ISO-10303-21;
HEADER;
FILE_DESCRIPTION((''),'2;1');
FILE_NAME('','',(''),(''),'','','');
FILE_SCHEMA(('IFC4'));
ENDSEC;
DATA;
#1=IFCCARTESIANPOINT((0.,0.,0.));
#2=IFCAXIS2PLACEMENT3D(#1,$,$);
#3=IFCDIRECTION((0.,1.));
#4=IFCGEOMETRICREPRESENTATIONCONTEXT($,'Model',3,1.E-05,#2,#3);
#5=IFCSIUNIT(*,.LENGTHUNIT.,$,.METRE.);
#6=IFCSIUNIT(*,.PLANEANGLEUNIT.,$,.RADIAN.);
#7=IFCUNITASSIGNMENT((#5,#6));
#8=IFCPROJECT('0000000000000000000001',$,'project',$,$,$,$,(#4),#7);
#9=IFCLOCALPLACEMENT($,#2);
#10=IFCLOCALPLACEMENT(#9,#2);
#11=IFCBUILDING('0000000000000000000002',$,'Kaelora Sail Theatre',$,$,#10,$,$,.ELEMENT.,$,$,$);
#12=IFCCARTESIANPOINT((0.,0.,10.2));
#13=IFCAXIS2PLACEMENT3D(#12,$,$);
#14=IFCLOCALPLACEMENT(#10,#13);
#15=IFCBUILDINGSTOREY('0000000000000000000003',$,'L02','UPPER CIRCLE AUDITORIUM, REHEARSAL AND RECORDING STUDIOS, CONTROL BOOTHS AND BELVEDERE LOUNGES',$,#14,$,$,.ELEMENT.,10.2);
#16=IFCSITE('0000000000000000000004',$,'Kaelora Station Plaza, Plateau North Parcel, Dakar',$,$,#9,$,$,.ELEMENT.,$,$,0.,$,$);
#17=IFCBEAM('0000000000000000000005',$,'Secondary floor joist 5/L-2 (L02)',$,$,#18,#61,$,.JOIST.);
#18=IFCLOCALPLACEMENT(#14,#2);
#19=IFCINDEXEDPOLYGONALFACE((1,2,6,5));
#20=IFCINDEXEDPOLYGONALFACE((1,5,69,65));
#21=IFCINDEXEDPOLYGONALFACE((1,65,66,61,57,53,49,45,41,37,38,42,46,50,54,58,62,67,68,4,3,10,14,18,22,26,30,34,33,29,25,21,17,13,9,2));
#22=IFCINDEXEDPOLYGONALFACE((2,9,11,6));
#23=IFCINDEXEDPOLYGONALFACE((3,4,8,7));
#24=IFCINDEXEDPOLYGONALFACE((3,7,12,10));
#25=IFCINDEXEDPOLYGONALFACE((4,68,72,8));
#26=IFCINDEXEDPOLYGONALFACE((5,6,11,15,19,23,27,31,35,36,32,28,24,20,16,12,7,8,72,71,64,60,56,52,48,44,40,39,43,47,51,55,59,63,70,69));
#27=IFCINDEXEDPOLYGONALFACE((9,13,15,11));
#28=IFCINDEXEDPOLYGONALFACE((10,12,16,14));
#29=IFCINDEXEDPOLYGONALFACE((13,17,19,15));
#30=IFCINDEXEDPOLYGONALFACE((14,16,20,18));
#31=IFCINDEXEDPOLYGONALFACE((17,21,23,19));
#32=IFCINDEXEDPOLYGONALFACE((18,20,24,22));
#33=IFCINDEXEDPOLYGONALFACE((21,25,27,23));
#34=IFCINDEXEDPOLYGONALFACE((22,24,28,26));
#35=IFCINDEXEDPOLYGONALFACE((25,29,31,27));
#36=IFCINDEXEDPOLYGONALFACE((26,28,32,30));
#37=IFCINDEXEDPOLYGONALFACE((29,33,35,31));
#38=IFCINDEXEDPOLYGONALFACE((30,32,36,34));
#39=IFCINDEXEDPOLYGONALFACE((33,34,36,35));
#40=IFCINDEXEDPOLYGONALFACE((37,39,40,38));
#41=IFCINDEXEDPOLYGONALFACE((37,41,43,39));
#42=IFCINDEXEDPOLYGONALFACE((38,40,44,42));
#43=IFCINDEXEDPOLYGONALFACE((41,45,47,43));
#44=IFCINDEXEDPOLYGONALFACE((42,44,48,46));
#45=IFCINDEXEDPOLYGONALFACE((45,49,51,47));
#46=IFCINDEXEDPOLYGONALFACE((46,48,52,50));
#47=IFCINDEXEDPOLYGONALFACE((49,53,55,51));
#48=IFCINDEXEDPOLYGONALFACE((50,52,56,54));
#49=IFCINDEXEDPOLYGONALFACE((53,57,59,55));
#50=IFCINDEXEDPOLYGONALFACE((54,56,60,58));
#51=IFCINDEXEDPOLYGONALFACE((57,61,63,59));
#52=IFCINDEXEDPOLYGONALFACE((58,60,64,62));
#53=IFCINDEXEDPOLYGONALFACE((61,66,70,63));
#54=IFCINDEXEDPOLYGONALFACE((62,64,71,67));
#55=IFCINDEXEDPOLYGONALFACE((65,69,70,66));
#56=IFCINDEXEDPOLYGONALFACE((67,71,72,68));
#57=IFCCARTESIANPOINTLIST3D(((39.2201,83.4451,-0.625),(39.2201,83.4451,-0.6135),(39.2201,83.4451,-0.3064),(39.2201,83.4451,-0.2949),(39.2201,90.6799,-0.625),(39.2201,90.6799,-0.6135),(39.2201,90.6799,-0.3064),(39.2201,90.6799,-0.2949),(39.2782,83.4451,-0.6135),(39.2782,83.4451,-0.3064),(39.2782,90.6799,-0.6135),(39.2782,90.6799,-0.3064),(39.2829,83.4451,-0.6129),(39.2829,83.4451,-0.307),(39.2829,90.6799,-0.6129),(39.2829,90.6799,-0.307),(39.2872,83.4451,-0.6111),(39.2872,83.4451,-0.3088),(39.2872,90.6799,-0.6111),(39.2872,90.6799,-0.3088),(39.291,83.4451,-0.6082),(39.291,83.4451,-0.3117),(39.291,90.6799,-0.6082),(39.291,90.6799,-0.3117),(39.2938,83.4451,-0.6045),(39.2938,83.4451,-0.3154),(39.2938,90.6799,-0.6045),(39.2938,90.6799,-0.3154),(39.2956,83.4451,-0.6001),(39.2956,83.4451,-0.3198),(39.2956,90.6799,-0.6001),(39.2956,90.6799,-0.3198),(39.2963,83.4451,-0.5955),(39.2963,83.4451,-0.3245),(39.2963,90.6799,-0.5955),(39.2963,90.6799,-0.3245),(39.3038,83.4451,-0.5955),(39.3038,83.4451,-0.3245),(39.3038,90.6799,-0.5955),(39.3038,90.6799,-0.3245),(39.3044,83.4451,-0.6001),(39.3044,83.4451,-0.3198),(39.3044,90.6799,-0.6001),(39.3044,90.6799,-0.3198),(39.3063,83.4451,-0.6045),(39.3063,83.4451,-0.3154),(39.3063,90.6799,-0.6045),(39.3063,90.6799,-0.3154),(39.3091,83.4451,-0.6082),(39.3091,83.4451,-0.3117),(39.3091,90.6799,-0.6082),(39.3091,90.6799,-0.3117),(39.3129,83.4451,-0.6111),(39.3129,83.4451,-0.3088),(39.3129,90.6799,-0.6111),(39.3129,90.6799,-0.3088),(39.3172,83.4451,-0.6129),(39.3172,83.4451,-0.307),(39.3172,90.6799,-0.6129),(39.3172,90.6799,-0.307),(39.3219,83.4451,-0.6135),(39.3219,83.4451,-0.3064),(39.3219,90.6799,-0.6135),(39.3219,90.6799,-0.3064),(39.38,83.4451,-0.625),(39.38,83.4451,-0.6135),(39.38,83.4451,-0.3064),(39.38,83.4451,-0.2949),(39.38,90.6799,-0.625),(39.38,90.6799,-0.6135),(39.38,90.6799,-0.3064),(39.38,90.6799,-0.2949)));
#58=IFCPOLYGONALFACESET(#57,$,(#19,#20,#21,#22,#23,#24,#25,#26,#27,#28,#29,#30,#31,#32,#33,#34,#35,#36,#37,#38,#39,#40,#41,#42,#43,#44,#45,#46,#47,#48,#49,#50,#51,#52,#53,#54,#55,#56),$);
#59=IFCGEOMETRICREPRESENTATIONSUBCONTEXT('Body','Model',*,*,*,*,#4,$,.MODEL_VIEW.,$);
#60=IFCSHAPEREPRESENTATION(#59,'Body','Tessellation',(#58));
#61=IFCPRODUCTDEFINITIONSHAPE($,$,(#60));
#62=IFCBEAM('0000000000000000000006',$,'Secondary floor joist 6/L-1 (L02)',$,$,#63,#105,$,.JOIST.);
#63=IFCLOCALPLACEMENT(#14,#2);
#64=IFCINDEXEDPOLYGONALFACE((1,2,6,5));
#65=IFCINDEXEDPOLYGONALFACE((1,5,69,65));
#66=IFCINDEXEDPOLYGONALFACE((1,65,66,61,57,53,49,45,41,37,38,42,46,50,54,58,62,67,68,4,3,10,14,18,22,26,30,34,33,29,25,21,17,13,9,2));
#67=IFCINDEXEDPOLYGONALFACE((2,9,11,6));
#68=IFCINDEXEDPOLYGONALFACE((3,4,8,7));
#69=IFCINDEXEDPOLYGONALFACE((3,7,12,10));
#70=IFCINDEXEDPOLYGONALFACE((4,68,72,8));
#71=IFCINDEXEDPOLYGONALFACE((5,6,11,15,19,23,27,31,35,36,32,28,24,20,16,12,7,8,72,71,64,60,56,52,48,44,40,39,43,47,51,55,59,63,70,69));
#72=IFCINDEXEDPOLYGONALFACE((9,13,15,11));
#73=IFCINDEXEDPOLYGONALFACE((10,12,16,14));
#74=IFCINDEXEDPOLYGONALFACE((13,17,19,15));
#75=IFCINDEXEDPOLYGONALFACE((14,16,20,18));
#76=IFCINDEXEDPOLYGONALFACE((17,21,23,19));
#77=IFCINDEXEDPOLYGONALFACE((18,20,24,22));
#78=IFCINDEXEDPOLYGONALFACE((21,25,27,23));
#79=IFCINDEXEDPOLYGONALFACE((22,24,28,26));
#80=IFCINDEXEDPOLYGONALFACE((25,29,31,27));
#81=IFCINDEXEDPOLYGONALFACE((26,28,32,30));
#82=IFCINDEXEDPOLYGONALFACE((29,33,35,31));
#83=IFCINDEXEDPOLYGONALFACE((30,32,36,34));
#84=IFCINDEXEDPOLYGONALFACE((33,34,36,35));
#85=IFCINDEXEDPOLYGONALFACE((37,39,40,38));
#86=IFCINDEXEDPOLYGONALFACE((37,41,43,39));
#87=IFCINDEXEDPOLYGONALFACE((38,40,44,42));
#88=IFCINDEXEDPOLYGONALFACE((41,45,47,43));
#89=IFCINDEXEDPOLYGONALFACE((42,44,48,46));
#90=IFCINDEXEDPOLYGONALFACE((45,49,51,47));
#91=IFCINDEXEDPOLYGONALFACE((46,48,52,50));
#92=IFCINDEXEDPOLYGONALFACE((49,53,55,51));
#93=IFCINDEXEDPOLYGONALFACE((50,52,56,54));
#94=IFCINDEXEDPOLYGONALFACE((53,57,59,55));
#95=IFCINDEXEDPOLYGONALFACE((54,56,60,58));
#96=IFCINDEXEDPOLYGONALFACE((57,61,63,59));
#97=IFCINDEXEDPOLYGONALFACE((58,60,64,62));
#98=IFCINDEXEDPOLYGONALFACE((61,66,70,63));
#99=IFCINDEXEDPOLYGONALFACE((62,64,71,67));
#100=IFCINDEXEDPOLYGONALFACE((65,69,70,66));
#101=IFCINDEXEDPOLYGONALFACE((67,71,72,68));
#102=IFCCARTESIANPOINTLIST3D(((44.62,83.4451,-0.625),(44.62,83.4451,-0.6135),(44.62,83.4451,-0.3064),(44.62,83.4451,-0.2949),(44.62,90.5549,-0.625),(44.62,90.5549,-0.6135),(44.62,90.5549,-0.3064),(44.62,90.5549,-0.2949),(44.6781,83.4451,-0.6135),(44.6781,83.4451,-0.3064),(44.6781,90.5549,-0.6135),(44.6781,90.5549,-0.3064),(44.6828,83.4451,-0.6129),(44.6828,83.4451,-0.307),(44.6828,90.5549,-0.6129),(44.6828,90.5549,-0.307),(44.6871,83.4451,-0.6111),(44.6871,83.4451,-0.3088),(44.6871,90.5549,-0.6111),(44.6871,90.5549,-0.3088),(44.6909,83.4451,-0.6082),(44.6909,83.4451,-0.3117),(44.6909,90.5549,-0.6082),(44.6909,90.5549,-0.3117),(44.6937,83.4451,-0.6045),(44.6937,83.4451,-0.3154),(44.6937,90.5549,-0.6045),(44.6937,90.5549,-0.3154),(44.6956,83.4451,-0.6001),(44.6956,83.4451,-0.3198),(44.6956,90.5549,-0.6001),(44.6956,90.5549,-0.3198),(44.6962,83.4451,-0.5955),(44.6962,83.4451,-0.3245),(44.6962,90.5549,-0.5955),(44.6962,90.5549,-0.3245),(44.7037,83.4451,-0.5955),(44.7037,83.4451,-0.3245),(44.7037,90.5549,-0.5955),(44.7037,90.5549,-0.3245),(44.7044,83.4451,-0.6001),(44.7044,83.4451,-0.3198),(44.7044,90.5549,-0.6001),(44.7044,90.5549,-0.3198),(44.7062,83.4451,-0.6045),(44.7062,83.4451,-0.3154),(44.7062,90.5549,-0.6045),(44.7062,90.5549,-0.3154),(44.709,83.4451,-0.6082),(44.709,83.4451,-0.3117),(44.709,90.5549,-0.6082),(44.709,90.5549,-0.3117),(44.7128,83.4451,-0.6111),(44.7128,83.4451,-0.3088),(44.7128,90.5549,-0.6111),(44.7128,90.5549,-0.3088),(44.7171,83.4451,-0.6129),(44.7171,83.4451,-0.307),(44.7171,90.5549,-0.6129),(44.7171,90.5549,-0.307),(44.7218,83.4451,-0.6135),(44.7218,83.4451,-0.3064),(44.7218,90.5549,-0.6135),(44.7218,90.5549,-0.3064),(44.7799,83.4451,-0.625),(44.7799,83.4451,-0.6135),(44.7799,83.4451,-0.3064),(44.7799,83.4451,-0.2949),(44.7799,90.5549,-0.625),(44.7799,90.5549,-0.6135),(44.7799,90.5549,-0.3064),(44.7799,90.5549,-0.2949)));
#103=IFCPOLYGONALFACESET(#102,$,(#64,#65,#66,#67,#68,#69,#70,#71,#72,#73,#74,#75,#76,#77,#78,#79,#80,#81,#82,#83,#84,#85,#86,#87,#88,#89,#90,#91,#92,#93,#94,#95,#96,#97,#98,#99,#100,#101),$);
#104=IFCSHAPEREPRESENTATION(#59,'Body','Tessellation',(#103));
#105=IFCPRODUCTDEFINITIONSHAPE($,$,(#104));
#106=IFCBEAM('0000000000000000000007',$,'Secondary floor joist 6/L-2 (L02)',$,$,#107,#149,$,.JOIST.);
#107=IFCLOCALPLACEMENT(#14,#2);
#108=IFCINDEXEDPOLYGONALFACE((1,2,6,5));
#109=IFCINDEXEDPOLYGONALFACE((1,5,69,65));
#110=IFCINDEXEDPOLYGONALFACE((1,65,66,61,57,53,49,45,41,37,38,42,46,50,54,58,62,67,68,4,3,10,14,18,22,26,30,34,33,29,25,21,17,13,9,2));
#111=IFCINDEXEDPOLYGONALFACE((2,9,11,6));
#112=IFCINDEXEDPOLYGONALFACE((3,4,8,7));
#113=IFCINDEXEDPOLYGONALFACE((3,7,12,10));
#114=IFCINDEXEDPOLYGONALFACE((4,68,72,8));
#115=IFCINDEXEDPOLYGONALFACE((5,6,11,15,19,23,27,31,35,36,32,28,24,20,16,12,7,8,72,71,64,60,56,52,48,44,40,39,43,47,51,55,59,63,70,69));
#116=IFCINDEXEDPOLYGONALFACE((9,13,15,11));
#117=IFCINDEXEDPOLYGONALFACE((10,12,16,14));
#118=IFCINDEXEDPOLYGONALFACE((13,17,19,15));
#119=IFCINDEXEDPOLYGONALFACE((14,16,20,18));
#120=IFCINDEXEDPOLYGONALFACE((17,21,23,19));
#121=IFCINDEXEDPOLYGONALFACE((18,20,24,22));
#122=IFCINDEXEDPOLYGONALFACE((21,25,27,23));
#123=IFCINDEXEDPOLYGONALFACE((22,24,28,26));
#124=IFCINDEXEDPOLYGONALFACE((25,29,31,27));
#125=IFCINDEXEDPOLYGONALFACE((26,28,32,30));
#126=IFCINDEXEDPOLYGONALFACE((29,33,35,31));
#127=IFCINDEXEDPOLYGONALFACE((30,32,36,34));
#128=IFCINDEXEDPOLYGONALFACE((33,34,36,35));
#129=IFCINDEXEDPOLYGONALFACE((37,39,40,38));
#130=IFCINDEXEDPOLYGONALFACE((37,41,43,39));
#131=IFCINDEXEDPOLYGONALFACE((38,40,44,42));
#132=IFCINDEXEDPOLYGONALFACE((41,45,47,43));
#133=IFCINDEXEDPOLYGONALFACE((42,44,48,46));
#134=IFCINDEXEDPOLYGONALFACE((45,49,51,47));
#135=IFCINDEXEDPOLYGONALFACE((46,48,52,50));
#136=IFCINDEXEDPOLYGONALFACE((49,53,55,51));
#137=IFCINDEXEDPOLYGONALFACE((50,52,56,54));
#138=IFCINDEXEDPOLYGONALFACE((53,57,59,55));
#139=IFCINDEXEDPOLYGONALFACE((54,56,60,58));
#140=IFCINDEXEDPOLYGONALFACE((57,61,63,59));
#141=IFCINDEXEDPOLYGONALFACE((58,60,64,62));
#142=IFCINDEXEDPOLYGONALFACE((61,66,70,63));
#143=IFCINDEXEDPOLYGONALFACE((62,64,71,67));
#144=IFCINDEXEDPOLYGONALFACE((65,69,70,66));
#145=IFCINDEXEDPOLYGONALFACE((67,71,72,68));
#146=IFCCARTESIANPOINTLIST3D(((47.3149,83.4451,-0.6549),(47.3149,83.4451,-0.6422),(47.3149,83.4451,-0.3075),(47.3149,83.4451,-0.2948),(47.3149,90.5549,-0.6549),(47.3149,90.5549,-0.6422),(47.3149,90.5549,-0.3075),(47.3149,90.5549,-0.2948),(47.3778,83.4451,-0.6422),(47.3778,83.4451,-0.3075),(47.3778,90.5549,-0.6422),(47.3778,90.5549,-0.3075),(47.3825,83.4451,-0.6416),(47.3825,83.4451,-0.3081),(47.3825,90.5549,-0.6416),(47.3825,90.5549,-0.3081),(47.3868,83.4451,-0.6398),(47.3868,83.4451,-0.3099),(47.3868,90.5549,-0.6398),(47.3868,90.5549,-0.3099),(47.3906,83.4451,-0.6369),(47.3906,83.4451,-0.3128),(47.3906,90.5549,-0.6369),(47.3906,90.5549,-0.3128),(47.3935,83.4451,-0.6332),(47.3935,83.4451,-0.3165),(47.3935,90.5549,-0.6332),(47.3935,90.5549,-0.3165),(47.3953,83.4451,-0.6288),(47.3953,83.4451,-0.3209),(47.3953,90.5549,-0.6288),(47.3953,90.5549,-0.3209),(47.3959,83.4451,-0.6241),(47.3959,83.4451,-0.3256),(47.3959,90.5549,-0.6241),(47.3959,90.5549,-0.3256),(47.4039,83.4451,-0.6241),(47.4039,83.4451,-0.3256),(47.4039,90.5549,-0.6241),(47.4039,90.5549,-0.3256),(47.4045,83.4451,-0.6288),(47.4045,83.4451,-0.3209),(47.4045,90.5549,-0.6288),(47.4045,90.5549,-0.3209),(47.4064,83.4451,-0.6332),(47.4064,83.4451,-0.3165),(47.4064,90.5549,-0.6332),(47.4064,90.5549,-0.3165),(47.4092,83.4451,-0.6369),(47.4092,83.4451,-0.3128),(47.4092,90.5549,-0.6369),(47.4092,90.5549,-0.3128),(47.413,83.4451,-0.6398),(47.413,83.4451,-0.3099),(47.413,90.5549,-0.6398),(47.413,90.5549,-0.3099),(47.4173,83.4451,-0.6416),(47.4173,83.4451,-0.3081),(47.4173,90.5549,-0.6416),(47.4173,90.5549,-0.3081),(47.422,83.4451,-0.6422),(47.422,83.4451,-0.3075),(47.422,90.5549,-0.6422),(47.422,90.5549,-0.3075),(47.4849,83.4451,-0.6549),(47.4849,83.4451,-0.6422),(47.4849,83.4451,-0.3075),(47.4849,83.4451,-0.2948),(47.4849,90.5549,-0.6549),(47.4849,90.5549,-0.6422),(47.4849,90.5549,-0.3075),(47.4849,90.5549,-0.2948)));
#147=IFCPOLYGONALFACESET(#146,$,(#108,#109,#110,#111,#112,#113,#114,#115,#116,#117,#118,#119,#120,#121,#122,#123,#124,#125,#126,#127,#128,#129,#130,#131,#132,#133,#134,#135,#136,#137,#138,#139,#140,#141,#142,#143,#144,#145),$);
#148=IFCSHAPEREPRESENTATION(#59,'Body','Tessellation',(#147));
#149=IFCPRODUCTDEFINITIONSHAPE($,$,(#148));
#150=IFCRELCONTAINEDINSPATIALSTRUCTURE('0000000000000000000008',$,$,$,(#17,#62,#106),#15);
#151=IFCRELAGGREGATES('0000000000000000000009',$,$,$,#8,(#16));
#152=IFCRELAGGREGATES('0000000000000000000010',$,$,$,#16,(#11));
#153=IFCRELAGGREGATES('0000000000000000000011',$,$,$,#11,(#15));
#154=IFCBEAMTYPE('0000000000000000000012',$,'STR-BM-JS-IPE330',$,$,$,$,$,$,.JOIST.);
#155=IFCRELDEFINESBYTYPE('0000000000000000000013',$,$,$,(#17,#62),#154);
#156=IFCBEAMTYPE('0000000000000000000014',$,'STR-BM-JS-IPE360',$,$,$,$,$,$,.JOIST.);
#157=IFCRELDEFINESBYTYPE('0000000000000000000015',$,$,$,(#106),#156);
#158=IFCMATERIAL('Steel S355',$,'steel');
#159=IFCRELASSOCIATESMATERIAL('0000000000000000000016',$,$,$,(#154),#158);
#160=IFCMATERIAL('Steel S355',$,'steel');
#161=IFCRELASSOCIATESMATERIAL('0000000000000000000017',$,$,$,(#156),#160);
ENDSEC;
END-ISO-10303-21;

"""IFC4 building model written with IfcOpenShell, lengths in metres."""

from ifc_helpers import new_model, si_unit, direction, frame, origin, origin_2d, place, context, subcontext, project, spatial, i_section, extrude, material, material_profile, profile_set, type_object, element, save


model = new_model("IFC4")

# Units and contexts
model_context = context("Model", 3, precision=1e-05, world=origin(), true_north=direction((0.0, 1.0)))
body_context = subcontext(model_context, "Body", "Model", "MODEL_VIEW")
ifc_project = project(units=[si_unit("LENGTHUNIT", "METRE"), si_unit("PLANEANGLEUNIT", "RADIAN")], contexts=[model_context])

# Site, building, storey
site_placement = place(None, origin())
site = spatial("IfcSite", under=ifc_project, at=site_placement, Name="Kaelora Station Plaza, Plateau North Parcel, Dakar", CompositionType="ELEMENT", RefElevation=0.0)
building_placement = place(site_placement, origin())
building = spatial("IfcBuilding", under=site, at=building_placement, Name="Kaelora Sail Theatre", CompositionType="ELEMENT")
storey_placement = place(building_placement, frame((0.0, 0.0, 10.2)))
storey = spatial("IfcBuildingStorey", under=building, at=storey_placement, Name="L02", Description="UPPER CIRCLE AUDITORIUM, REHEARSAL AND RECORDING STUDIOS, CONTROL BOOTHS AND BELVEDERE LOUNGES", CompositionType="ELEMENT", Elevation=10.2)

# Beams
ifc_material_1 = material(Name="Steel S355", Category="steel")
ifc_material_profile_1 = material_profile(ifc_material_1, i_section(OverallWidth=0.1599, OverallDepth=0.3301, WebThickness=0.0076, FlangeThickness=0.0115, FilletRadius=0.0181, at=origin_2d()), Name="IPE 330")
ifc_profile_set_1 = profile_set([ifc_material_profile_1], Name="Steel S355")
beam_type_1 = type_object("IfcBeamType", Name="STR-BM-JS-IPE330", PredefinedType="JOIST", material=ifc_profile_set_1)
beam_1_placement = place(storey_placement, frame((39.3, 83.4451, -0.46), z_axis=(0.0, 1.0, 0.0), x_axis=(-1.0, 0.0, 0.0)))
element("IfcBeam", 1, at=beam_1_placement, inside=storey, type_object=beam_type_1, Name="Secondary floor joist 5/L-2 (L02)", PredefinedType="JOIST", context=body_context, shape_type="SweptSolid", body=[
    extrude(i_section(OverallWidth=0.1599, OverallDepth=0.3301, WebThickness=0.0076, FlangeThickness=0.0115, FilletRadius=0.0181, at=origin_2d()), origin(), (0.0, 0.0, 1.0), 7.2349),
])
beam_2_placement = place(storey_placement, frame((44.7, 83.4451, -0.46), z_axis=(0.0, 1.0, 0.0), x_axis=(-1.0, 0.0, 0.0)))
element("IfcBeam", 2, at=beam_2_placement, inside=storey, type_object=beam_type_1, Name="Secondary floor joist 6/L-1 (L02)", PredefinedType="JOIST", context=body_context, shape_type="SweptSolid", body=[
    extrude(i_section(OverallWidth=0.1599, OverallDepth=0.3301, WebThickness=0.0076, FlangeThickness=0.0115, FilletRadius=0.0181, at=origin_2d()), origin(), (0.0, 0.0, 1.0), 7.1099),
])
ifc_material_2 = material(Name="Steel S355", Category="steel")
ifc_material_profile_2 = material_profile(ifc_material_2, i_section(OverallWidth=0.1699, OverallDepth=0.3601, WebThickness=0.0081, FlangeThickness=0.0127, FilletRadius=0.0181, at=origin_2d()), Name="IPE 360")
ifc_profile_set_2 = profile_set([ifc_material_profile_2], Name="Steel S355")
beam_type_2 = type_object("IfcBeamType", Name="STR-BM-JS-IPE360", PredefinedType="JOIST", material=ifc_profile_set_2)
beam_3_placement = place(storey_placement, frame((47.3999, 83.4451, -0.4749), z_axis=(0.0, 1.0, 0.0), x_axis=(-1.0, 0.0, 0.0)))
element("IfcBeam", 3, at=beam_3_placement, inside=storey, type_object=beam_type_2, Name="Secondary floor joist 6/L-2 (L02)", PredefinedType="JOIST", context=body_context, shape_type="SweptSolid", body=[
    extrude(i_section(OverallWidth=0.1699, OverallDepth=0.3601, WebThickness=0.0081, FlangeThickness=0.0127, FilletRadius=0.0181, at=origin_2d()), origin(), (0.0, 0.0, 1.0), 7.1099),
])

save(model, "model.ifc")
